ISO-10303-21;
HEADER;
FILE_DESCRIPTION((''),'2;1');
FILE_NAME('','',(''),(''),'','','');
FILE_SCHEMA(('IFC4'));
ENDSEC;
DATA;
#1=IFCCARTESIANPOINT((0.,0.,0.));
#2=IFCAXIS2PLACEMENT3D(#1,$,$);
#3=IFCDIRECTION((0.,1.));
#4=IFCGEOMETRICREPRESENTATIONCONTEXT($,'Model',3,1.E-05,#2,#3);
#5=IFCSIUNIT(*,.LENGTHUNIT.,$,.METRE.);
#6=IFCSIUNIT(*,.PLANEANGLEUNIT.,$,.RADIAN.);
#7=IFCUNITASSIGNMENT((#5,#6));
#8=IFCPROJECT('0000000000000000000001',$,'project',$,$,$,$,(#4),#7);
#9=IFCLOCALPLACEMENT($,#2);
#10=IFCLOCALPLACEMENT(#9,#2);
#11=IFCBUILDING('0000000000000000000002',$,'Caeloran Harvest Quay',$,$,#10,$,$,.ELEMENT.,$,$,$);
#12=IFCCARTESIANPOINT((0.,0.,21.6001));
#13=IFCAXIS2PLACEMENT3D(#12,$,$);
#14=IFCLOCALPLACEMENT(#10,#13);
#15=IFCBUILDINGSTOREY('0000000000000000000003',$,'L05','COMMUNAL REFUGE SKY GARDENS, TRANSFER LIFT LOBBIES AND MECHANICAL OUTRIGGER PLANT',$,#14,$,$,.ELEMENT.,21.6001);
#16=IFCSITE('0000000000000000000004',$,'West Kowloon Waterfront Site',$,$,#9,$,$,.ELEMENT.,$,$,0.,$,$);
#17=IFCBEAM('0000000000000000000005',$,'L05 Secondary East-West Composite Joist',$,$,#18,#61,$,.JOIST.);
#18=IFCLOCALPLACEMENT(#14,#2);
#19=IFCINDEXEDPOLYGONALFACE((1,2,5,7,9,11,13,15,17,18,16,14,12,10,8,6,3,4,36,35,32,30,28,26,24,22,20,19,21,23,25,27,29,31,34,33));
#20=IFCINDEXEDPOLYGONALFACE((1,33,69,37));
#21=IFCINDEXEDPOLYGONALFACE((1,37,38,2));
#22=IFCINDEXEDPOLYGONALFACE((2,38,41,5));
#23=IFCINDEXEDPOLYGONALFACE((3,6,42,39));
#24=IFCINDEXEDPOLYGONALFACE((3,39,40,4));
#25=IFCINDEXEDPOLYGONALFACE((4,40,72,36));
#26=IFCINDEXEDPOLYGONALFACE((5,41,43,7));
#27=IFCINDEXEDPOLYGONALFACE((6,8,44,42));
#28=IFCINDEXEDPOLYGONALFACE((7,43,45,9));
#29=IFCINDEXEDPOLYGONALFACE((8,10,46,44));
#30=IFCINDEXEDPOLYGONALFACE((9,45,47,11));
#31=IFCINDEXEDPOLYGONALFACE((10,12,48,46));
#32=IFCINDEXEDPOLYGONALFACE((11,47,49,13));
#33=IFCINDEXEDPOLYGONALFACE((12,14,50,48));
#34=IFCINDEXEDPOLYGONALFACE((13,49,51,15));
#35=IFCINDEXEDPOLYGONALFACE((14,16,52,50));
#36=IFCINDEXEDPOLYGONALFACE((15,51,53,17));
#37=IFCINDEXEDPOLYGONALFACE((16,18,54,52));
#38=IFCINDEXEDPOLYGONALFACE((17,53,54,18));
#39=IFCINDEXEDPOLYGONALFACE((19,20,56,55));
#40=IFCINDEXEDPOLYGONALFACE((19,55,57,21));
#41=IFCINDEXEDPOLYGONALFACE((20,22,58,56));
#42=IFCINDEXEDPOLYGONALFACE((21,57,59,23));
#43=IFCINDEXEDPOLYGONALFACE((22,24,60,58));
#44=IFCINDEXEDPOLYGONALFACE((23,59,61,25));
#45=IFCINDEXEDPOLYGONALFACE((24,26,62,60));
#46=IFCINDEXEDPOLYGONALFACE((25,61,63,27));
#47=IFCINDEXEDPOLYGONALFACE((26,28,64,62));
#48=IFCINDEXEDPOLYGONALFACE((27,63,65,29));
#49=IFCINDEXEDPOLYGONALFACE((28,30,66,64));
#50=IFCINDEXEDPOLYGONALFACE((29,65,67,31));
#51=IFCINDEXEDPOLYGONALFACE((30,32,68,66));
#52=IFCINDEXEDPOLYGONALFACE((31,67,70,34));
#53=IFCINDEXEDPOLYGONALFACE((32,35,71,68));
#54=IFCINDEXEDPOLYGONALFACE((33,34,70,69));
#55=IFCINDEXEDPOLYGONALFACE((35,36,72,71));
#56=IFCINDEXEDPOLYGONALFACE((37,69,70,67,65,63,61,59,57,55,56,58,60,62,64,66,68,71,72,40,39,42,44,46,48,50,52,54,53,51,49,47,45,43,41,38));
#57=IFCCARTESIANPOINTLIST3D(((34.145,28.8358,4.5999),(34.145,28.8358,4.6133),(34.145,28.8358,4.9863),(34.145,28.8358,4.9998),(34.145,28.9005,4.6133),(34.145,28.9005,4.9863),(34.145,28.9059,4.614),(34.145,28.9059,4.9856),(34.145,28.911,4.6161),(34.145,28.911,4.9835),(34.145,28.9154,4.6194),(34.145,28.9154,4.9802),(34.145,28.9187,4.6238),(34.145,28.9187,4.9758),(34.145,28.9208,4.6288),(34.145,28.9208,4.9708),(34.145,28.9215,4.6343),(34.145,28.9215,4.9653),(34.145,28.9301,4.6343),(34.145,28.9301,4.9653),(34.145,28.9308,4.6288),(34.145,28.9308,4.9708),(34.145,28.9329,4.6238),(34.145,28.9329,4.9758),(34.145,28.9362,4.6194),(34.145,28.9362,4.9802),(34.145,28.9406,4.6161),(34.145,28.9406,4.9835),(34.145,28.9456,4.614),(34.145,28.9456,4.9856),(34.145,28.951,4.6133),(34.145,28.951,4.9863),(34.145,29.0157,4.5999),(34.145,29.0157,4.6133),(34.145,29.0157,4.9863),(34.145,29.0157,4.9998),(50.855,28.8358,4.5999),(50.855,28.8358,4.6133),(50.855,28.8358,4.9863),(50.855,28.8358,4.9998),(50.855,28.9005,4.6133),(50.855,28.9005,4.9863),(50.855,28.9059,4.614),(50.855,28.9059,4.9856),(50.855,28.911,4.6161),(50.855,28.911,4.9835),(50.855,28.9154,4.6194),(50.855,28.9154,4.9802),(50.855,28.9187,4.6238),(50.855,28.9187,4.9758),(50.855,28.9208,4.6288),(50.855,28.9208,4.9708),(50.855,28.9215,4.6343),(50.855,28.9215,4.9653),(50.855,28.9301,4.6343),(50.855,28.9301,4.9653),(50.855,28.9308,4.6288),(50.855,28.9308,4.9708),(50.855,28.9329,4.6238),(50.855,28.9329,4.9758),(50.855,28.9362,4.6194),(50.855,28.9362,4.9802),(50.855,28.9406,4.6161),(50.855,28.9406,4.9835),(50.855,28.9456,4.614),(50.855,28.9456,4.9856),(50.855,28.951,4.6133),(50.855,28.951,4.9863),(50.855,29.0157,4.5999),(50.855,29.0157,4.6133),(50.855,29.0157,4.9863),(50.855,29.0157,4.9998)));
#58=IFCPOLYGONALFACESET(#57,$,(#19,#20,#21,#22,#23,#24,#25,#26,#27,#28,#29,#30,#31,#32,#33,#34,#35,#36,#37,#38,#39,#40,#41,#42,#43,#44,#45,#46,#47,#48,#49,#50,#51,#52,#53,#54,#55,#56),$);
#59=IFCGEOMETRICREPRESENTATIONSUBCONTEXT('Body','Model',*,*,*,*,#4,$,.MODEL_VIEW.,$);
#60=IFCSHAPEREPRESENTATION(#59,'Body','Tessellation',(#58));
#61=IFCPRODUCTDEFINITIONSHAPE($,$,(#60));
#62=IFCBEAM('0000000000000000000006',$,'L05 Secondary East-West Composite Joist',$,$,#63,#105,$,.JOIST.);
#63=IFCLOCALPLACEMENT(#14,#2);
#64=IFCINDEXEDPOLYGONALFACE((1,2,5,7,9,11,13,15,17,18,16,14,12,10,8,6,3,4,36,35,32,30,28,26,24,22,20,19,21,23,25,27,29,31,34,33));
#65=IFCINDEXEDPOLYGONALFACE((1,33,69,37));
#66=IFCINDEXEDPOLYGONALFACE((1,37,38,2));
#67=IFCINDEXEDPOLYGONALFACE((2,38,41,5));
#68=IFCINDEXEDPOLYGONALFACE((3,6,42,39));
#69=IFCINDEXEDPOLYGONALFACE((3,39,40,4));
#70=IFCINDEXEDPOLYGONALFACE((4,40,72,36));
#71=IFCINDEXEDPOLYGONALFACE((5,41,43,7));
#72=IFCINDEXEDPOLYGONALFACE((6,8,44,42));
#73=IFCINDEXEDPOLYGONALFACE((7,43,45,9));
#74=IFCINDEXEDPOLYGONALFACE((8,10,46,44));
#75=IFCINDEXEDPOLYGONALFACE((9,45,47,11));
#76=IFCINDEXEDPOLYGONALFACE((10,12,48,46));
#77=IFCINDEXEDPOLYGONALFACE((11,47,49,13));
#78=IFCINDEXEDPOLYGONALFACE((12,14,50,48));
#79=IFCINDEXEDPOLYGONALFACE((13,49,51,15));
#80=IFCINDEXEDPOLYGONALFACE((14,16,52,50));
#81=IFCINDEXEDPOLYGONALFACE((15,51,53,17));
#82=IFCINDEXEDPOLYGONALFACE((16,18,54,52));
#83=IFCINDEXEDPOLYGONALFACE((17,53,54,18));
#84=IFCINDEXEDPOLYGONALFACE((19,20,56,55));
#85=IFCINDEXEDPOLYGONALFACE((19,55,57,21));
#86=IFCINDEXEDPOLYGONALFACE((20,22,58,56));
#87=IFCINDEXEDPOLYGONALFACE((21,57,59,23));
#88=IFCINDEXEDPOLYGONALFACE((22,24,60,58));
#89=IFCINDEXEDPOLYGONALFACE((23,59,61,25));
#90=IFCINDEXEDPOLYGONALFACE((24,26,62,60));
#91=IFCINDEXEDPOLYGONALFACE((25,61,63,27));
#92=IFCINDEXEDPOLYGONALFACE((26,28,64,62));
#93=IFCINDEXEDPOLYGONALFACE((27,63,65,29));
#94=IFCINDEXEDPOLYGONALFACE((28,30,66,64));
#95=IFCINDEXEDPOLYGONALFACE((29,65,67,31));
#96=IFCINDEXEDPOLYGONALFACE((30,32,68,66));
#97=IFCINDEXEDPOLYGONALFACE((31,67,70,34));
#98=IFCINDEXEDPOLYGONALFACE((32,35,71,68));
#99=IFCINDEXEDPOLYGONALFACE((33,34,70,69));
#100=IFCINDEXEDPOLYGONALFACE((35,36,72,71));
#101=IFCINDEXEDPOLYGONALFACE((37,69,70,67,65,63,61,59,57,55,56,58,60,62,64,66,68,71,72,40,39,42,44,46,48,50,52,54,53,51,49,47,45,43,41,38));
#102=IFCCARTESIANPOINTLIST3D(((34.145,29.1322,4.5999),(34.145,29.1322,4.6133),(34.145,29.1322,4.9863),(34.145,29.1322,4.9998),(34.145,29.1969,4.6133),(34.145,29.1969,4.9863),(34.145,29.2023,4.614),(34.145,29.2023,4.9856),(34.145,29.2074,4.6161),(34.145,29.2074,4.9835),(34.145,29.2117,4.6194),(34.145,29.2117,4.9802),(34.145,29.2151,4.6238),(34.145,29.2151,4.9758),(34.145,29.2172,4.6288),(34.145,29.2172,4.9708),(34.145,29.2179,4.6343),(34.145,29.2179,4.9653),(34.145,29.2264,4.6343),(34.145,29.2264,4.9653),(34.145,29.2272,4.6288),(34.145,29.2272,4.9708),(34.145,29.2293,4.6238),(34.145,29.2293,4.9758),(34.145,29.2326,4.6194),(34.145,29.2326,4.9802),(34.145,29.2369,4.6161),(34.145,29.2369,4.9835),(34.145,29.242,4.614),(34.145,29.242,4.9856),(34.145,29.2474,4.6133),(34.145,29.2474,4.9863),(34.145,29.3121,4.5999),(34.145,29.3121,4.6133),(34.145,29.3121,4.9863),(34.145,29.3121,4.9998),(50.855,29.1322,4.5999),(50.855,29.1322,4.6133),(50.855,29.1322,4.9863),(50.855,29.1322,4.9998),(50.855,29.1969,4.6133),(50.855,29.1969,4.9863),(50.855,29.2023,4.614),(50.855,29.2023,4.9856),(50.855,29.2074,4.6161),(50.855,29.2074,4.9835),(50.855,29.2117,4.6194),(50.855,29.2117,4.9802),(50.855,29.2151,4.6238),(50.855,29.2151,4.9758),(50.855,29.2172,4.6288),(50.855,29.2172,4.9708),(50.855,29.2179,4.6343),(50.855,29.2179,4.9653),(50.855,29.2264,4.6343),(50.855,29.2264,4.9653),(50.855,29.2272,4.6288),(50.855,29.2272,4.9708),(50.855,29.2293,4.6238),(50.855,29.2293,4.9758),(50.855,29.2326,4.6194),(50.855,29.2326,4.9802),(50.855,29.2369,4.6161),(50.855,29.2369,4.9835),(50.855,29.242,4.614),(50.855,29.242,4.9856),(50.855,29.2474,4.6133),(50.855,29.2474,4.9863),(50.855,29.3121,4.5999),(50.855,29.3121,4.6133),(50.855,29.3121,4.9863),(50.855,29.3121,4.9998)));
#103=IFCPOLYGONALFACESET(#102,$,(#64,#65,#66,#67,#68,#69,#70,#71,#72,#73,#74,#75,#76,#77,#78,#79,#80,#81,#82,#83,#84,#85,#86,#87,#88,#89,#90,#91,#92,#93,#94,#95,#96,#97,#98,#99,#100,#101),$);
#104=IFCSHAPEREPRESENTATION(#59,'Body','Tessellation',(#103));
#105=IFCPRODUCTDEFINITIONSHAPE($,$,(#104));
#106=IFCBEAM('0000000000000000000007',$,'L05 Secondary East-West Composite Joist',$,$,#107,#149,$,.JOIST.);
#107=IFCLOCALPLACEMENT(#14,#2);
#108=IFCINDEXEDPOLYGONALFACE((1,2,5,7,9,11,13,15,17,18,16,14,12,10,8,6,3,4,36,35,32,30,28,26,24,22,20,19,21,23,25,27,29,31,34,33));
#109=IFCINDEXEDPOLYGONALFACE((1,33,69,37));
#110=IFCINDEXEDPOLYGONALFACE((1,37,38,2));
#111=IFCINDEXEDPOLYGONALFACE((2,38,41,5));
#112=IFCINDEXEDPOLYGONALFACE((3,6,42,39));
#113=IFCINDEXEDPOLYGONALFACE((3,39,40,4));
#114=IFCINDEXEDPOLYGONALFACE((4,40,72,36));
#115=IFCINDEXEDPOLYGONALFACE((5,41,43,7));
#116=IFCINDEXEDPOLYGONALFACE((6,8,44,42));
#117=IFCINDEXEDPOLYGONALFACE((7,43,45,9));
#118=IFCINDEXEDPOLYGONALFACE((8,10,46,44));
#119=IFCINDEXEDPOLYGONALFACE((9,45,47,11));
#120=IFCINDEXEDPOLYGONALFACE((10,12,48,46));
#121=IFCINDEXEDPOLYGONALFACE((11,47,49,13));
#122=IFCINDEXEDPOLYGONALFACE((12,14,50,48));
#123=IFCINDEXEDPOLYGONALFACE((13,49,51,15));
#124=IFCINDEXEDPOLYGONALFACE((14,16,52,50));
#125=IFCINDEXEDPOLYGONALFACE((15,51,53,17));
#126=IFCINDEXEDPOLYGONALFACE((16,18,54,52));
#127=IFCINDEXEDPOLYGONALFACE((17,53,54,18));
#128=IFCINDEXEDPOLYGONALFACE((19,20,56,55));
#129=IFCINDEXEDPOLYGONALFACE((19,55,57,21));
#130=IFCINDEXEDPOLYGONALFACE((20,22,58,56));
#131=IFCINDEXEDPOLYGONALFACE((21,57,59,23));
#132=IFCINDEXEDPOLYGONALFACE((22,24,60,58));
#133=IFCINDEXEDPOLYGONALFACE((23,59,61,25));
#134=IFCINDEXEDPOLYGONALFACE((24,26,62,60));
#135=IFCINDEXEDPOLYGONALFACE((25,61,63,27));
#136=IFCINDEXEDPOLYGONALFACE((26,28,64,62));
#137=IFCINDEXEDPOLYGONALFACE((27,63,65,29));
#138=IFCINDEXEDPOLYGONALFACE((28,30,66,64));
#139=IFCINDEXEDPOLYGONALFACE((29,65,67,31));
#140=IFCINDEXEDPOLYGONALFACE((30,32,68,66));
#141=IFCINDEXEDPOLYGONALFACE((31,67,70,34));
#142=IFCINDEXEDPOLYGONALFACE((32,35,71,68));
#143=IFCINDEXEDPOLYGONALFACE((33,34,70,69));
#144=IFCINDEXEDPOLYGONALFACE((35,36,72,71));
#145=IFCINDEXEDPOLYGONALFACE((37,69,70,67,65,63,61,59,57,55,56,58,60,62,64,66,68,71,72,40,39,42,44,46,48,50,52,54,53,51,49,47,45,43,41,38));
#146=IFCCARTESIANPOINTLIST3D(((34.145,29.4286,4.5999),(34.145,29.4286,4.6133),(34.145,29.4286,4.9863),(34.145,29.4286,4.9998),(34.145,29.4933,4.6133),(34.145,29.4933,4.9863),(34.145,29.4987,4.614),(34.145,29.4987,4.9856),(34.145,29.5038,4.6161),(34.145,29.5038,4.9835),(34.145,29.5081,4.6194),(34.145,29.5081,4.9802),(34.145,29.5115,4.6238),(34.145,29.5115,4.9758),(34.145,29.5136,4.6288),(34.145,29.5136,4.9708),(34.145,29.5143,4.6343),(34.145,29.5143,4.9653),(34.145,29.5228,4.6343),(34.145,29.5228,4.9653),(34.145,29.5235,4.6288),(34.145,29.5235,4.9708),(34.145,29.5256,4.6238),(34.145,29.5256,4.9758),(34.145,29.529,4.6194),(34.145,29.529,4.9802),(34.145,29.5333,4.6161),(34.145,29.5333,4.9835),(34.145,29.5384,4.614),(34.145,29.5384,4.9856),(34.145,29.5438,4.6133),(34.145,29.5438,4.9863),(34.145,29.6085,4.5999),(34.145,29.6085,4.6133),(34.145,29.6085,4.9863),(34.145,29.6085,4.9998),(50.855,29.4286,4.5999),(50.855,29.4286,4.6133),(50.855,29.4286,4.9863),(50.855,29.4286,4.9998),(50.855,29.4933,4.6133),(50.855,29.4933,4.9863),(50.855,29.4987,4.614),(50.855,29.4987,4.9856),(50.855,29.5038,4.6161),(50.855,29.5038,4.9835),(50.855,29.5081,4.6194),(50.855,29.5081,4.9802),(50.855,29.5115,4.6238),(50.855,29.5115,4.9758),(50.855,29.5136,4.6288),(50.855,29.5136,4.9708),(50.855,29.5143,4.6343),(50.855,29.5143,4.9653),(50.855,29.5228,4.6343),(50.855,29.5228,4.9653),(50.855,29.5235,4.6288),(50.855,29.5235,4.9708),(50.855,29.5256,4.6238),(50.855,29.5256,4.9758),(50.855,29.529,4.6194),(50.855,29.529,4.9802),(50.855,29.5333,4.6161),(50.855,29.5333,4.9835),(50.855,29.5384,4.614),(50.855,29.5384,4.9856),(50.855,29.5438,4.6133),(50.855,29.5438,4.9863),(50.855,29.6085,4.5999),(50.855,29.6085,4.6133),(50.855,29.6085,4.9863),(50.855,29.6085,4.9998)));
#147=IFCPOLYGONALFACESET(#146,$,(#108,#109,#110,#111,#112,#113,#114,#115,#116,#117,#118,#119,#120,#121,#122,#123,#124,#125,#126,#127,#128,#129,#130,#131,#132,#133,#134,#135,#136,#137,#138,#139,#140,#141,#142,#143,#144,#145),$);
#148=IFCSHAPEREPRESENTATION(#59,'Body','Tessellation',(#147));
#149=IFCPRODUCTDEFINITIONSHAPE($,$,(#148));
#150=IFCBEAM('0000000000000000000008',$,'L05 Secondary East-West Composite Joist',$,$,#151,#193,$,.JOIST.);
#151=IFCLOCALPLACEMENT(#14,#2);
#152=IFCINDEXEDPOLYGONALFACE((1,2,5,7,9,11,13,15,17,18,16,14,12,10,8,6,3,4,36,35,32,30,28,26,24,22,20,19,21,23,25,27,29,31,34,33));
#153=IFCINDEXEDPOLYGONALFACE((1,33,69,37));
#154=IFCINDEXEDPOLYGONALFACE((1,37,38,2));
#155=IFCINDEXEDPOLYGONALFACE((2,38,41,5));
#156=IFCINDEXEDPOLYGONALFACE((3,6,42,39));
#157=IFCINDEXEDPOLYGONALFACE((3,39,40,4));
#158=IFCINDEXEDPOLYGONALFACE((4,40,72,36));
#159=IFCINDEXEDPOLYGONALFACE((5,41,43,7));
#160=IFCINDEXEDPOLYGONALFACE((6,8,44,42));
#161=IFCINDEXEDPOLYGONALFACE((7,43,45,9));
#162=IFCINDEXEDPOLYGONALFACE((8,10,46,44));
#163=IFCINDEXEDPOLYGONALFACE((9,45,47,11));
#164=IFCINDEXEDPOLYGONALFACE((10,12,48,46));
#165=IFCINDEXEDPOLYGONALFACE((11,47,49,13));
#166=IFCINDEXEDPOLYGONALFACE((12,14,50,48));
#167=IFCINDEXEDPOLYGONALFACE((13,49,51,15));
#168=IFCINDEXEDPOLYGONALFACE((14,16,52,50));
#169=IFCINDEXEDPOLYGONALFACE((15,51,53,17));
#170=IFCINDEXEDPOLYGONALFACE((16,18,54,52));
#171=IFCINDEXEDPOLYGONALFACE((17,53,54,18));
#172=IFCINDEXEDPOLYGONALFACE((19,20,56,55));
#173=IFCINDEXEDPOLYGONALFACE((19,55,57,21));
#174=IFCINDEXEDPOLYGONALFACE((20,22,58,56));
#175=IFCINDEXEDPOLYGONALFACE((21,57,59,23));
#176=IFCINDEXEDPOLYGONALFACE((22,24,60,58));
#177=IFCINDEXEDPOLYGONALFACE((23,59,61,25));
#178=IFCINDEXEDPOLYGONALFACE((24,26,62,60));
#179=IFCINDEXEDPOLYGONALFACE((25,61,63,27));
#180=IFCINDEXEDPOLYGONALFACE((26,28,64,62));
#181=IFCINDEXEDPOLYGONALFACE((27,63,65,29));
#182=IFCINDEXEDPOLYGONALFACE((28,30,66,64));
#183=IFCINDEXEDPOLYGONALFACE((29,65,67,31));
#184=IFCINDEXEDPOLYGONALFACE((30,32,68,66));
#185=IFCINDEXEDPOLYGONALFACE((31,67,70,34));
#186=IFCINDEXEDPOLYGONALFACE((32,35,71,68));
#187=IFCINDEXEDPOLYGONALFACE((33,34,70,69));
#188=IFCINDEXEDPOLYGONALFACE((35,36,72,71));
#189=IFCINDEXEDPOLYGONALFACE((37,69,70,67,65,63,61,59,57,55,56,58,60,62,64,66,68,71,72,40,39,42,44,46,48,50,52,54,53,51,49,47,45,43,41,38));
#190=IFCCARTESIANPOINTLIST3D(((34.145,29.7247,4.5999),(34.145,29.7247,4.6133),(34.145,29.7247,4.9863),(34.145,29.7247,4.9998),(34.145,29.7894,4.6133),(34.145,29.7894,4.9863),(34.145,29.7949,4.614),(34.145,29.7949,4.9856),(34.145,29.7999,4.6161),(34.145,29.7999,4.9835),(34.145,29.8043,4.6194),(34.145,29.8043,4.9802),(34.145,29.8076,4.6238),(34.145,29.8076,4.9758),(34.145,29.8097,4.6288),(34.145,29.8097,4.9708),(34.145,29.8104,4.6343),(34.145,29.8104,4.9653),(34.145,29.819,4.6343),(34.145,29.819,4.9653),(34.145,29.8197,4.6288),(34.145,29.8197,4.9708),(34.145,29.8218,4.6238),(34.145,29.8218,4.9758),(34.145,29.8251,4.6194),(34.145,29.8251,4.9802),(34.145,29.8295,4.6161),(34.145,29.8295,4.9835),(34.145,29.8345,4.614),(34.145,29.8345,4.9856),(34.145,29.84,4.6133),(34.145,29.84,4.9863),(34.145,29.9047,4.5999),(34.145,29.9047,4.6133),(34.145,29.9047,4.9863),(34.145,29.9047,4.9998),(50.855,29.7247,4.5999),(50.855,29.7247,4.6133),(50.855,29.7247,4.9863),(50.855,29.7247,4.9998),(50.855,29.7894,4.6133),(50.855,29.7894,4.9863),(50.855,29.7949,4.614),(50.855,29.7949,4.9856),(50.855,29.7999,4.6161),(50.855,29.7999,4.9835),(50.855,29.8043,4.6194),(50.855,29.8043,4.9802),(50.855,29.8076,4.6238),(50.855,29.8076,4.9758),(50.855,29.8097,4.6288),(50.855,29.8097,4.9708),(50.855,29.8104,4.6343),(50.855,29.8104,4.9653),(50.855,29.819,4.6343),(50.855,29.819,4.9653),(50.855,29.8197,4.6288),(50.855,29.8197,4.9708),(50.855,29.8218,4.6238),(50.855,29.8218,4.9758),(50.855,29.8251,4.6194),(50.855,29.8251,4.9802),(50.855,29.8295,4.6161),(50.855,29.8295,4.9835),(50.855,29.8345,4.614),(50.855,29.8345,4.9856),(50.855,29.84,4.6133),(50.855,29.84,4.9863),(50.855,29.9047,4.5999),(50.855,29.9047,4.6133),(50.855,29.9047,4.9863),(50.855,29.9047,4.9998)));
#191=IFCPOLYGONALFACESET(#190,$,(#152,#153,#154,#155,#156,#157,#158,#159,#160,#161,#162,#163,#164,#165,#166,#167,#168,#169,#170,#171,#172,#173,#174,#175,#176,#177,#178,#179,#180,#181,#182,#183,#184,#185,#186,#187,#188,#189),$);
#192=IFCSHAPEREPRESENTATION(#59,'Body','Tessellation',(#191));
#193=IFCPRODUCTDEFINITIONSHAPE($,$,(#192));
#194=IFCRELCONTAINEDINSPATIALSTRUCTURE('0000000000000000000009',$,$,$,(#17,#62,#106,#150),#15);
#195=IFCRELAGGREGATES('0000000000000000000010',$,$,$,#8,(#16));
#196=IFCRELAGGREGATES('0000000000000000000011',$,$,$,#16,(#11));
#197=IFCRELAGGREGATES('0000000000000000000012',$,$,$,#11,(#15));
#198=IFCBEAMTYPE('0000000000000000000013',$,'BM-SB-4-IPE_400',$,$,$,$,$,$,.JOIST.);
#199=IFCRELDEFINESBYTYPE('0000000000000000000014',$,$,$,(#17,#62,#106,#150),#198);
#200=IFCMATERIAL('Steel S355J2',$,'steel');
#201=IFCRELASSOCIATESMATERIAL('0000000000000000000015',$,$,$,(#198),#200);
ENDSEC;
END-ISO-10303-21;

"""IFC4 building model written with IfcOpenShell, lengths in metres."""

from ifc_helpers import new_model, si_unit, direction, frame, origin, origin_2d, place, context, subcontext, project, spatial, i_section, extrude, material, material_profile, profile_set, type_object, element, save


model = new_model("IFC4")

# Units and contexts
model_context = context("Model", 3, precision=1e-05, world=origin(), true_north=direction((0.0, 1.0)))
body_context = subcontext(model_context, "Body", "Model", "MODEL_VIEW")
ifc_project = project(units=[si_unit("LENGTHUNIT", "METRE"), si_unit("PLANEANGLEUNIT", "RADIAN")], contexts=[model_context])

# Site, building, storey
site_placement = place(None, origin())
site = spatial("IfcSite", under=ifc_project, at=site_placement, Name="West Kowloon Waterfront Site", CompositionType="ELEMENT", RefElevation=0.0)
building_placement = place(site_placement, origin())
building = spatial("IfcBuilding", under=site, at=building_placement, Name="Caeloran Harvest Quay", CompositionType="ELEMENT")
storey_placement = place(building_placement, frame((0.0, 0.0, 21.6001)))
storey = spatial("IfcBuildingStorey", under=building, at=storey_placement, Name="L05", Description="COMMUNAL REFUGE SKY GARDENS, TRANSFER LIFT LOBBIES AND MECHANICAL OUTRIGGER PLANT", CompositionType="ELEMENT", Elevation=21.6001)

# Beams
ifc_material_1 = material(Name="Steel S355J2", Category="steel")
ifc_material_profile_1 = material_profile(ifc_material_1, i_section(OverallWidth=0.1799, OverallDepth=0.3999, WebThickness=0.0085, FlangeThickness=0.0134, FilletRadius=0.021, at=origin_2d()), Name="IPE 400")
ifc_profile_set_1 = profile_set([ifc_material_profile_1], Name="Steel S355J2")
beam_type_1 = type_object("IfcBeamType", Name="BM-SB-4-IPE_400", PredefinedType="JOIST", material=ifc_profile_set_1)
for number, where, z_axis, x_axis, name in (
    (1, (34.145, 28.9258, 4.7998), (1.0, 0.0, 0.0), (0.0, 1.0, 0.0), "L05 Secondary East-West Composite Joist"),
    (2, (34.145, 29.2222, 4.7998), (1.0, 0.0, 0.0), (0.0, 1.0, 0.0), "L05 Secondary East-West Composite Joist"),
    (3, (34.145, 29.5186, 4.7998), (1.0, 0.0, 0.0), (0.0, 1.0, 0.0), "L05 Secondary East-West Composite Joist"),
    (4, (34.145, 29.8147, 4.7998), (1.0, 0.0, 0.0), (0.0, 1.0, 0.0), "L05 Secondary East-West Composite Joist"),
):
    element("IfcBeam", number, at=place(storey_placement, frame(where, z_axis=z_axis, x_axis=x_axis)), inside=storey, type_object=beam_type_1, Name=name, PredefinedType="JOIST", context=body_context, shape_type="SweptSolid", body=[
        extrude(i_section(OverallWidth=0.1799, OverallDepth=0.3999, WebThickness=0.0085, FlangeThickness=0.0134, FilletRadius=0.021, at=origin_2d()), origin(), (0.0, 0.0, 1.0), 16.71),
    ])

save(model, "model.ifc")
